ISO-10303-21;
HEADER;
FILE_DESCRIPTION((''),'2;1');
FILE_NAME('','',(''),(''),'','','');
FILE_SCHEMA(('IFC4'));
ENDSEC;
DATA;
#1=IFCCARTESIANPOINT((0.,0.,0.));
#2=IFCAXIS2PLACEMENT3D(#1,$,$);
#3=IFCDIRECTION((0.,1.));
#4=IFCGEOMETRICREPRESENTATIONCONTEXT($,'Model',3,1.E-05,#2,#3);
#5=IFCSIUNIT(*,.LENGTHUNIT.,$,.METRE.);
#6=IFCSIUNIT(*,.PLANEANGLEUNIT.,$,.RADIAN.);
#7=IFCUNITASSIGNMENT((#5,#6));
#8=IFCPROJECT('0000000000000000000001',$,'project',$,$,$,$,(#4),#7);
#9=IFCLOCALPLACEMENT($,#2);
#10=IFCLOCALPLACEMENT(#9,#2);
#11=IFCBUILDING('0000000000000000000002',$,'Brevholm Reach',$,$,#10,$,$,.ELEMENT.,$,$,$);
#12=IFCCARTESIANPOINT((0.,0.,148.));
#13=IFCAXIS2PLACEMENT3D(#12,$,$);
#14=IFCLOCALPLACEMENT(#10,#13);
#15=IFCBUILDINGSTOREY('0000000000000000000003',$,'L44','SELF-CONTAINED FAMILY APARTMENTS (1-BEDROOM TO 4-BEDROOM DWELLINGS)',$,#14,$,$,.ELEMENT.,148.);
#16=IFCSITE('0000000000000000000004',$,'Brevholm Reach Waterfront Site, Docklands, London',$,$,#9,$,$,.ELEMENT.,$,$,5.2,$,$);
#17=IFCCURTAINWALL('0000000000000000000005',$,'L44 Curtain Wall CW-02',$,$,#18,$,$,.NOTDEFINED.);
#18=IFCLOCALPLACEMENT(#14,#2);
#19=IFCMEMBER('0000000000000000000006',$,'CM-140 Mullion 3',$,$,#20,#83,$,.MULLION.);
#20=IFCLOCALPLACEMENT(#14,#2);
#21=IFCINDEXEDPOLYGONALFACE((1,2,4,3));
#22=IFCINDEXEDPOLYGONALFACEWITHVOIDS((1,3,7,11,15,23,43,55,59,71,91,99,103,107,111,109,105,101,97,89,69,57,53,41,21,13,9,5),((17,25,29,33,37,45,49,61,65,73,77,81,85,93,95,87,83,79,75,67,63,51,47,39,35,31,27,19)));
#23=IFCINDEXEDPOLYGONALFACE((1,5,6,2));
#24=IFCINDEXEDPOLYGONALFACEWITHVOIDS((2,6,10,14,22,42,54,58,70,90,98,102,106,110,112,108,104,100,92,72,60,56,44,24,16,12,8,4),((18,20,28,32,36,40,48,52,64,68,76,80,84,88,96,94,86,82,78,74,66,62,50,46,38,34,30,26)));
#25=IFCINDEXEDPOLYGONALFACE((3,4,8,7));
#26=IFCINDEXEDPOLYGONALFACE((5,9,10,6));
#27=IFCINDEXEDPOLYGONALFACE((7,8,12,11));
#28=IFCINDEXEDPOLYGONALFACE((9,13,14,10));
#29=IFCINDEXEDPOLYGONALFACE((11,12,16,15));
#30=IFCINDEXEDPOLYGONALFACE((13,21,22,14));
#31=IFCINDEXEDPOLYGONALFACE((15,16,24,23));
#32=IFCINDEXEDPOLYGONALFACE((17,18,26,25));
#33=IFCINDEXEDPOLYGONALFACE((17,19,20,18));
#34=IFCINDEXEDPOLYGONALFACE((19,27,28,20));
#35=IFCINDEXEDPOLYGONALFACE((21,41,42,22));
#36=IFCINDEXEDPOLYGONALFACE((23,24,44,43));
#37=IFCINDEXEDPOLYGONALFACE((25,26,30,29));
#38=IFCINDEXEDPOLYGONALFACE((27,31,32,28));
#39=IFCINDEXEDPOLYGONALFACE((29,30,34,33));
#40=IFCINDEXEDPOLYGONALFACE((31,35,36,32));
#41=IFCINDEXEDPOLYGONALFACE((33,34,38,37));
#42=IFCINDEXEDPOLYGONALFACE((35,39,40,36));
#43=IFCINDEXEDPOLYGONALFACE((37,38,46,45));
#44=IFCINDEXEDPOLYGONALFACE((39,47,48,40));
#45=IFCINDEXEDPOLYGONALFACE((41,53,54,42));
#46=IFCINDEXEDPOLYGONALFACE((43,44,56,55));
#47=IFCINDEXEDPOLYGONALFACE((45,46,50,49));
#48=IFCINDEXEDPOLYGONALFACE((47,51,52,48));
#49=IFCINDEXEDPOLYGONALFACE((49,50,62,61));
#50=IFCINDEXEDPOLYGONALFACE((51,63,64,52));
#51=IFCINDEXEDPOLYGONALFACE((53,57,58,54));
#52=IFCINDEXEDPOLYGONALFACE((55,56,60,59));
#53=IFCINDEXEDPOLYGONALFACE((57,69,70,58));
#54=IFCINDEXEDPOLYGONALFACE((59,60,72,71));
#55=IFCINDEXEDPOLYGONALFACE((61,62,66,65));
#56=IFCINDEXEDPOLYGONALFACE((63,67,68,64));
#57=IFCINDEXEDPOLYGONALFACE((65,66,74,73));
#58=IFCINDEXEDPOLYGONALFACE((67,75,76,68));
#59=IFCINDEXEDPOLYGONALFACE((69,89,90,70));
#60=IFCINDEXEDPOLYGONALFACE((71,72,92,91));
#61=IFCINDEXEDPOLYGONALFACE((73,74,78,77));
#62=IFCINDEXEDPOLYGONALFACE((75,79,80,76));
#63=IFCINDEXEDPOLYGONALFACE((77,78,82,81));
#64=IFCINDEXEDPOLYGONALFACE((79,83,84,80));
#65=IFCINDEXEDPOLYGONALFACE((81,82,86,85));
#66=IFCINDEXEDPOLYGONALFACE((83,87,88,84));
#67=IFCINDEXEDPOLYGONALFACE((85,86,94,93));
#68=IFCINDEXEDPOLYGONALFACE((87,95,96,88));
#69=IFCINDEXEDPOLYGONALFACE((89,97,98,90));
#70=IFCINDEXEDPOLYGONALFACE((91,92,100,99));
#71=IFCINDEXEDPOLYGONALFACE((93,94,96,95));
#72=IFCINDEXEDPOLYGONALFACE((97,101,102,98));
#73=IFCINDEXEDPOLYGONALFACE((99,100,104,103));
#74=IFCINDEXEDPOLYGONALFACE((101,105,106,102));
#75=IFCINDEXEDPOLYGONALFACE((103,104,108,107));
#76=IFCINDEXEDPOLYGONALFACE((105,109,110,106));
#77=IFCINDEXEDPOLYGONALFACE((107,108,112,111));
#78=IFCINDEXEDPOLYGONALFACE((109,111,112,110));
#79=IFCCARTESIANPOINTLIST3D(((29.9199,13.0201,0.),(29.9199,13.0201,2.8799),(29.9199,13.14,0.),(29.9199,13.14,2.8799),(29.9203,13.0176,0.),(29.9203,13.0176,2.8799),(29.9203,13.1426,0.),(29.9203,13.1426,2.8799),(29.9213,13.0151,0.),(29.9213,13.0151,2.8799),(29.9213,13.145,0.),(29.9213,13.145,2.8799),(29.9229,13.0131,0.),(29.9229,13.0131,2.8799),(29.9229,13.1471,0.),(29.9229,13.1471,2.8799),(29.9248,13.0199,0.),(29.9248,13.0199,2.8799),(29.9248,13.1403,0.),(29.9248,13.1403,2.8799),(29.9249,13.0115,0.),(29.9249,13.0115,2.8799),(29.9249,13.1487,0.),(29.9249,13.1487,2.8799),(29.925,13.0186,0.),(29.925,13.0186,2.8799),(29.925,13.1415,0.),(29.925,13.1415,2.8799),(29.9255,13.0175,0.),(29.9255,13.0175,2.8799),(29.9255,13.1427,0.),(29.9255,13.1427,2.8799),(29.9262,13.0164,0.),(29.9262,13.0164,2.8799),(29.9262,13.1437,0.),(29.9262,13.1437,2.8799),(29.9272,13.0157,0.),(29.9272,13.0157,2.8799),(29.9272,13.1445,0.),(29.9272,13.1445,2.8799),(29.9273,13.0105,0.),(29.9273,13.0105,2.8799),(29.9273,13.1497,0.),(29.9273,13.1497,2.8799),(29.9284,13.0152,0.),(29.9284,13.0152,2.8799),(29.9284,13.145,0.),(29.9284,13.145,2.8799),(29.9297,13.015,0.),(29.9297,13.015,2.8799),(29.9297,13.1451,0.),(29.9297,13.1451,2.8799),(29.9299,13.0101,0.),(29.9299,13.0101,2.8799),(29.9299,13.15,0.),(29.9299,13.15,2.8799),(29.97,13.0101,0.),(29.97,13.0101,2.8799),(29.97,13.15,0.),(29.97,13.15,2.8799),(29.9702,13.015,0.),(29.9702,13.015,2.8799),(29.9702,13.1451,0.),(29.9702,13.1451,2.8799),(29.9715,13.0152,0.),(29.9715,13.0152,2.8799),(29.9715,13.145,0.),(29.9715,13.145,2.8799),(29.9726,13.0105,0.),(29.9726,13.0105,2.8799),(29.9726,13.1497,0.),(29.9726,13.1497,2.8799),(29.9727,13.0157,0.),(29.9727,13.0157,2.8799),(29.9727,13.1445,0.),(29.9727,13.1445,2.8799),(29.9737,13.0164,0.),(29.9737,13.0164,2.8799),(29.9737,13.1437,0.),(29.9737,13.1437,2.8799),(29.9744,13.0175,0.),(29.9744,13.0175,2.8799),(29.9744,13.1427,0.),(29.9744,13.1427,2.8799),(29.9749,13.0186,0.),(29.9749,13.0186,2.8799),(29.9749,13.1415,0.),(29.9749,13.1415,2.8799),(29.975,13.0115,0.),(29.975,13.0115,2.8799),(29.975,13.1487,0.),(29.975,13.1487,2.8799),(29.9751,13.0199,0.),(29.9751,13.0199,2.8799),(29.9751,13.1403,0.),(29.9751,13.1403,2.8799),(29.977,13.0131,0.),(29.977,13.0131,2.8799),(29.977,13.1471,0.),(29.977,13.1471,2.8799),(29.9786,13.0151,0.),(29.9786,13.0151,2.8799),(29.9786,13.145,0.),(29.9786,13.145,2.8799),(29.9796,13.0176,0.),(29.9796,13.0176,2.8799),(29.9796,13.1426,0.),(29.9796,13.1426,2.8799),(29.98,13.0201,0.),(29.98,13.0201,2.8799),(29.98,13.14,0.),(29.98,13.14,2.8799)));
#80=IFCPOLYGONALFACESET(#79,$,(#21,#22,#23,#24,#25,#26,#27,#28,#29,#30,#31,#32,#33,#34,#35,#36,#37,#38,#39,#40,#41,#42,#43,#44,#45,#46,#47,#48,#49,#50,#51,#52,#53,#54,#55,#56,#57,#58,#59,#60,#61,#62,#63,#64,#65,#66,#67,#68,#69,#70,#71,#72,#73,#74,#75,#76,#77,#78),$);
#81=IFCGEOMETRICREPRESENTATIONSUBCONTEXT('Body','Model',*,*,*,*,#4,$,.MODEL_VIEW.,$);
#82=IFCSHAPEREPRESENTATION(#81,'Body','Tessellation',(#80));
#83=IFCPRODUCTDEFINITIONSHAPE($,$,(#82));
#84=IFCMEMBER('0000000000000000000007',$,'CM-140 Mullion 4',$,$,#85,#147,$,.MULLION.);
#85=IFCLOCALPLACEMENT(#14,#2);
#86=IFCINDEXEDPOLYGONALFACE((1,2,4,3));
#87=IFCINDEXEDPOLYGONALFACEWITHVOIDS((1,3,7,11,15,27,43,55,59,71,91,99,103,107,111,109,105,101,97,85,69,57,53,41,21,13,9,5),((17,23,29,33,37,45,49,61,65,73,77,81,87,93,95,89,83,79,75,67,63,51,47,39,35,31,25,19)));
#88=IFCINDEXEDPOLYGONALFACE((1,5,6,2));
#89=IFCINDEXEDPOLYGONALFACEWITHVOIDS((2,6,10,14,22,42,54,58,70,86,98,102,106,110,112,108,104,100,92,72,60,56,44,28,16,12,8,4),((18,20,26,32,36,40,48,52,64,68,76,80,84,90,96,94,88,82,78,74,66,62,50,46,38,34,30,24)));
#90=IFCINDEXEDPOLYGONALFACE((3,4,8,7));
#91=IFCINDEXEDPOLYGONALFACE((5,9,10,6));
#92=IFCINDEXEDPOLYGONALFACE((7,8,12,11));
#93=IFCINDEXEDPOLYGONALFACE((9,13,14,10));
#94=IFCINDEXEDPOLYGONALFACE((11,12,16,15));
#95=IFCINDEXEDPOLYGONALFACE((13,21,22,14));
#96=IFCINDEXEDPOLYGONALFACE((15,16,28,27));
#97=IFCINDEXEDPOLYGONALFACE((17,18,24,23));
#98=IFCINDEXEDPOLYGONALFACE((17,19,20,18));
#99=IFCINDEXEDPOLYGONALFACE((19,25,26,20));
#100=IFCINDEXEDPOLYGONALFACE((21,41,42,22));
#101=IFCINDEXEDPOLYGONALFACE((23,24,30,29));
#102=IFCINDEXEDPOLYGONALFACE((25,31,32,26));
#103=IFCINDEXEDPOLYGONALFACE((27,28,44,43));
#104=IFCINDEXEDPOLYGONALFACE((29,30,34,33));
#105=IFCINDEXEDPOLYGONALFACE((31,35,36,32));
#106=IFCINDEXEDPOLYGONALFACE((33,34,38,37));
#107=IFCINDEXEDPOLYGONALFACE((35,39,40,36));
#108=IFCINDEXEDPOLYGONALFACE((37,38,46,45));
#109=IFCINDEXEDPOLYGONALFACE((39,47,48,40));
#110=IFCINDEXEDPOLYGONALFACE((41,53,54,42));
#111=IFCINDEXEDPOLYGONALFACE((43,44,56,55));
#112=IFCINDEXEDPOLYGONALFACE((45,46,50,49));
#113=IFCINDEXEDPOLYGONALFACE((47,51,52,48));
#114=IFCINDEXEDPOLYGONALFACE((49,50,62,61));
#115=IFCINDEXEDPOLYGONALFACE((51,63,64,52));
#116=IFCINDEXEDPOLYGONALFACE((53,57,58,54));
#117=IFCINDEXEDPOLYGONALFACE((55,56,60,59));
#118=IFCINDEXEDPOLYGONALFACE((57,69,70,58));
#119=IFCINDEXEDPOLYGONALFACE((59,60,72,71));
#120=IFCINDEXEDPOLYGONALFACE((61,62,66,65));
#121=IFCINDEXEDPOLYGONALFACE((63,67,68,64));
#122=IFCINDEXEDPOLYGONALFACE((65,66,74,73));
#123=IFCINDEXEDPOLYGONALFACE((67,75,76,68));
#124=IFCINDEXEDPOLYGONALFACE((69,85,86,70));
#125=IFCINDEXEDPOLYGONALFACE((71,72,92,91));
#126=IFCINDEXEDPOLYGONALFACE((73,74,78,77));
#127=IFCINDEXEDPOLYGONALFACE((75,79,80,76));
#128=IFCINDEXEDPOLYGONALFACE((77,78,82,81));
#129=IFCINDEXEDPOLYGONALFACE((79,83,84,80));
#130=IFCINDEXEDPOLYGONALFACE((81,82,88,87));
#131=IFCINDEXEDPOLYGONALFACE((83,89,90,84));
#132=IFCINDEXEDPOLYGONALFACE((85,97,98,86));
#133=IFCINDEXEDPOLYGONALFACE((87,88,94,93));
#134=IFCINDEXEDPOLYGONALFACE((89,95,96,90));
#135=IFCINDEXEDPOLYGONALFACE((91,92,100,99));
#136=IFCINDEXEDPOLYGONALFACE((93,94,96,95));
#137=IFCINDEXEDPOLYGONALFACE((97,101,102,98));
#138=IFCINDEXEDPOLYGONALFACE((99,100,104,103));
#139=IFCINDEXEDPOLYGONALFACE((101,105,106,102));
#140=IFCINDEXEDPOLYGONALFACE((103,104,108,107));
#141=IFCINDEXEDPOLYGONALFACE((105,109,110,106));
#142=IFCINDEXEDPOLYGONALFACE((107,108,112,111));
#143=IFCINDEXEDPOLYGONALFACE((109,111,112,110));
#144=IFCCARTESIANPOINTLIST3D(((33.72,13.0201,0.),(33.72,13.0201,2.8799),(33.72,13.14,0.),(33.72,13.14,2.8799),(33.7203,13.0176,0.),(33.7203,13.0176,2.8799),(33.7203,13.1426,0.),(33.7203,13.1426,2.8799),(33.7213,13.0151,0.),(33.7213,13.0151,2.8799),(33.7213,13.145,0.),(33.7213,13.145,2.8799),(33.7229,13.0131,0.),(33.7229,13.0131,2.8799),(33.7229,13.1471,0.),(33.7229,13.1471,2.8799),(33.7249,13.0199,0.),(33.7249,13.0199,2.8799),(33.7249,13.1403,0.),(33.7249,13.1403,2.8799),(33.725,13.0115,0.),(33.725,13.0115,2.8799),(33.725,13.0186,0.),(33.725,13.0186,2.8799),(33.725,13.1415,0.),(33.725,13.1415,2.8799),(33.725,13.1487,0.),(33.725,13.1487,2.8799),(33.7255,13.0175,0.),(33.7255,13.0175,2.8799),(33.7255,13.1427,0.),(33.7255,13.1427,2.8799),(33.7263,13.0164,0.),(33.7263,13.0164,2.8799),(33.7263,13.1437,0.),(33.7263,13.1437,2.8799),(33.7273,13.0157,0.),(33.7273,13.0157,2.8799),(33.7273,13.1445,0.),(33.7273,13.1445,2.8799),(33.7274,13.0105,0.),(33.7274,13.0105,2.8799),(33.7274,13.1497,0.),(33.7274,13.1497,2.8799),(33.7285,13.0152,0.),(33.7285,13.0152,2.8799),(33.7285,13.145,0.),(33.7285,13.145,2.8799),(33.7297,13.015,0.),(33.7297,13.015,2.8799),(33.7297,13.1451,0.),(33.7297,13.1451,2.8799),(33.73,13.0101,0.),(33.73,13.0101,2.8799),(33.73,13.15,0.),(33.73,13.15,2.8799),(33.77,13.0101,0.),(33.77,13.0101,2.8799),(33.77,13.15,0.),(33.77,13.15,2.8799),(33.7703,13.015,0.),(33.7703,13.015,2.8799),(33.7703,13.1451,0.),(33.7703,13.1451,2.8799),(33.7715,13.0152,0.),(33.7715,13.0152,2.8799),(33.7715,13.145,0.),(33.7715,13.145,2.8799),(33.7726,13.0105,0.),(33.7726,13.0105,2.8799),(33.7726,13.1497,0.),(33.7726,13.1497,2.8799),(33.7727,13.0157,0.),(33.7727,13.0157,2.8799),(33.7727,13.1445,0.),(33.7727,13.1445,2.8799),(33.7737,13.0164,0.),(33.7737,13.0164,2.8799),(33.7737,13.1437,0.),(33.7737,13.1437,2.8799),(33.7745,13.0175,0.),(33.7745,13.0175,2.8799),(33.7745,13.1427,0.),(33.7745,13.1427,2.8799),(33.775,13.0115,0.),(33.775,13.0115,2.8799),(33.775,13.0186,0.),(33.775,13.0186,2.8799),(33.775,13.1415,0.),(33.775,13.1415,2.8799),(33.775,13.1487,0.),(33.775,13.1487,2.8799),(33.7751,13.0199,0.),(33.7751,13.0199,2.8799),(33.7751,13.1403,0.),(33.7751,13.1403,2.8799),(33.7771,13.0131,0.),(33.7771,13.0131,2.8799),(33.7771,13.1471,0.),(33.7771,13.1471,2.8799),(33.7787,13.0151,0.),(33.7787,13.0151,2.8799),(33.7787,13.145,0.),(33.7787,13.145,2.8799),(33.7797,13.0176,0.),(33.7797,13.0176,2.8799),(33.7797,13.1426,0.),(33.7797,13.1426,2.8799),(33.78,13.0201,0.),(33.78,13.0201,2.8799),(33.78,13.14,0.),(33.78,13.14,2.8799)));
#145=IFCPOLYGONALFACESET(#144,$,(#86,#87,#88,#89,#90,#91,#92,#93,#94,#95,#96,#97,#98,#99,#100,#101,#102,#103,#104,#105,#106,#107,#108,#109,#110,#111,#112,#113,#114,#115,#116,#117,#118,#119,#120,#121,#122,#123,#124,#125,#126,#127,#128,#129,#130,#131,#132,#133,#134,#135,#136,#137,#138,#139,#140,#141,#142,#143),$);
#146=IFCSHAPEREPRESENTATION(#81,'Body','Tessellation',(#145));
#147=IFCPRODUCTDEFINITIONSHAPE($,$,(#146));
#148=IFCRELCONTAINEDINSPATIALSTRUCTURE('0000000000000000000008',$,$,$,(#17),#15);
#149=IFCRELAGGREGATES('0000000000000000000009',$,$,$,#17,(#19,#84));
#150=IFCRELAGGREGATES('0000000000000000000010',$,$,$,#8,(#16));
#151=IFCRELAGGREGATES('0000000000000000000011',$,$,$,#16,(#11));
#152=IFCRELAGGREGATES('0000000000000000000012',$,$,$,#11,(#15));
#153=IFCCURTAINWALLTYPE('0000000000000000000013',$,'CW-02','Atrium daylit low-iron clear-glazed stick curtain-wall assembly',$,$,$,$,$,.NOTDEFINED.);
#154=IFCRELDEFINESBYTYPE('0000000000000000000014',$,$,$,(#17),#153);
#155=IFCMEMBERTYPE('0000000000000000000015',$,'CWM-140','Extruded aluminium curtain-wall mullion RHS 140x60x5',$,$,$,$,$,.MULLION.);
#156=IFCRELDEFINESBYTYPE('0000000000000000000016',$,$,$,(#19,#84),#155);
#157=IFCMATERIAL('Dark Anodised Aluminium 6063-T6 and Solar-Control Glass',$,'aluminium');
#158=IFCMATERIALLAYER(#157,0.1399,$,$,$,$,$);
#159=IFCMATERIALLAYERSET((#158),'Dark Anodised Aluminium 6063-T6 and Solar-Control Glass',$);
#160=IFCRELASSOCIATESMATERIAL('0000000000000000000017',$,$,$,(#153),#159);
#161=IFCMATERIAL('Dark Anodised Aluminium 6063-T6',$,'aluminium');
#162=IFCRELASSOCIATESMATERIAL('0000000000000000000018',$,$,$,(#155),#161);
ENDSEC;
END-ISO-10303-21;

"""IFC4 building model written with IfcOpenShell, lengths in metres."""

from ifc_helpers import new_model, si_unit, direction, frame, origin, origin_2d, place, context, subcontext, project, spatial, hollow_rectangle, extrude, material, layer, layer_set, material_profile, profile_set, type_object, element, aggregate, save


model = new_model("IFC4")

# Units and contexts
model_context = context("Model", 3, precision=1e-05, world=origin(), true_north=direction((0.0, 1.0)))
body_context = subcontext(model_context, "Body", "Model", "MODEL_VIEW")
ifc_project = project(units=[si_unit("LENGTHUNIT", "METRE"), si_unit("PLANEANGLEUNIT", "RADIAN")], contexts=[model_context])

# Site, building, storey
site_placement = place(None, origin())
site = spatial("IfcSite", under=ifc_project, at=site_placement, Name="Brevholm Reach Waterfront Site, Docklands, London", CompositionType="ELEMENT", RefElevation=5.2)
building_placement = place(site_placement, origin())
building = spatial("IfcBuilding", under=site, at=building_placement, Name="Brevholm Reach", CompositionType="ELEMENT")
storey_placement = place(building_placement, frame((0.0, 0.0, 148.0)))
storey = spatial("IfcBuildingStorey", under=building, at=storey_placement, Name="L44", Description="SELF-CONTAINED FAMILY APARTMENTS (1-BEDROOM TO 4-BEDROOM DWELLINGS)", CompositionType="ELEMENT", Elevation=148.0)

# Curtain wall, members
ifc_material_1 = material(Name="Dark Anodised Aluminium 6063-T6 and Solar-Control Glass", Category="aluminium")
ifc_layer_1 = layer(ifc_material_1, 0.1399)
ifc_layer_set_1 = layer_set([ifc_layer_1], Name="Dark Anodised Aluminium 6063-T6 and Solar-Control Glass")
curtain_wall_type = type_object("IfcCurtainWallType", Name="CW-02", Description="Atrium daylit low-iron clear-glazed stick curtain-wall assembly", PredefinedType="NOTDEFINED", material=ifc_layer_set_1)
curtain_wall_placement = place(storey_placement, origin())
curtain_wall = element("IfcCurtainWall", 1, at=curtain_wall_placement, inside=storey, type_object=curtain_wall_type, Name="L44 Curtain Wall CW-02", PredefinedType="NOTDEFINED")
ifc_material_2 = material(Name="Dark Anodised Aluminium 6063-T6", Category="aluminium")
ifc_material_profile_1 = material_profile(ifc_material_2, hollow_rectangle(XDim=0.0601, YDim=0.1399, WallThickness=0.0049, InnerFilletRadius=0.0049, OuterFilletRadius=0.01, at=origin_2d()), Name="RHS 140x60x5")
ifc_profile_set_1 = profile_set([ifc_material_profile_1], Name="Dark Anodised Aluminium 6063-T6")
member_type_1 = type_object("IfcMemberType", Name="CWM-140", Description="Extruded aluminium curtain-wall mullion RHS 140x60x5", PredefinedType="MULLION", material=ifc_profile_set_1)
member_1_placement = place(storey_placement, frame((29.95, 13.0801, 0.0), z_axis=(0.0, 0.0, 1.0), x_axis=(1.0, 0.0, 0.0)))
member_1 = element("IfcMember", 2, at=member_1_placement, type_object=member_type_1, Name="CM-140 Mullion 3", PredefinedType="MULLION", context=body_context, shape_type="SweptSolid", body=[
    extrude(hollow_rectangle(XDim=0.0601, YDim=0.1399, WallThickness=0.0049, InnerFilletRadius=0.0049, OuterFilletRadius=0.01, at=origin_2d()), origin(), (0.0, 0.0, 1.0), 2.8799),
])
member_2_placement = place(storey_placement, frame((33.75, 13.0801, 0.0), z_axis=(0.0, 0.0, 1.0), x_axis=(1.0, 0.0, 0.0)))
member_2 = element("IfcMember", 3, at=member_2_placement, type_object=member_type_1, Name="CM-140 Mullion 4", PredefinedType="MULLION", context=body_context, shape_type="SweptSolid", body=[
    extrude(hollow_rectangle(XDim=0.0601, YDim=0.1399, WallThickness=0.0049, InnerFilletRadius=0.0049, OuterFilletRadius=0.01, at=origin_2d()), origin(), (0.0, 0.0, 1.0), 2.8799),
])
aggregate(curtain_wall, [member_1, member_2])

save(model, "model.ifc")
